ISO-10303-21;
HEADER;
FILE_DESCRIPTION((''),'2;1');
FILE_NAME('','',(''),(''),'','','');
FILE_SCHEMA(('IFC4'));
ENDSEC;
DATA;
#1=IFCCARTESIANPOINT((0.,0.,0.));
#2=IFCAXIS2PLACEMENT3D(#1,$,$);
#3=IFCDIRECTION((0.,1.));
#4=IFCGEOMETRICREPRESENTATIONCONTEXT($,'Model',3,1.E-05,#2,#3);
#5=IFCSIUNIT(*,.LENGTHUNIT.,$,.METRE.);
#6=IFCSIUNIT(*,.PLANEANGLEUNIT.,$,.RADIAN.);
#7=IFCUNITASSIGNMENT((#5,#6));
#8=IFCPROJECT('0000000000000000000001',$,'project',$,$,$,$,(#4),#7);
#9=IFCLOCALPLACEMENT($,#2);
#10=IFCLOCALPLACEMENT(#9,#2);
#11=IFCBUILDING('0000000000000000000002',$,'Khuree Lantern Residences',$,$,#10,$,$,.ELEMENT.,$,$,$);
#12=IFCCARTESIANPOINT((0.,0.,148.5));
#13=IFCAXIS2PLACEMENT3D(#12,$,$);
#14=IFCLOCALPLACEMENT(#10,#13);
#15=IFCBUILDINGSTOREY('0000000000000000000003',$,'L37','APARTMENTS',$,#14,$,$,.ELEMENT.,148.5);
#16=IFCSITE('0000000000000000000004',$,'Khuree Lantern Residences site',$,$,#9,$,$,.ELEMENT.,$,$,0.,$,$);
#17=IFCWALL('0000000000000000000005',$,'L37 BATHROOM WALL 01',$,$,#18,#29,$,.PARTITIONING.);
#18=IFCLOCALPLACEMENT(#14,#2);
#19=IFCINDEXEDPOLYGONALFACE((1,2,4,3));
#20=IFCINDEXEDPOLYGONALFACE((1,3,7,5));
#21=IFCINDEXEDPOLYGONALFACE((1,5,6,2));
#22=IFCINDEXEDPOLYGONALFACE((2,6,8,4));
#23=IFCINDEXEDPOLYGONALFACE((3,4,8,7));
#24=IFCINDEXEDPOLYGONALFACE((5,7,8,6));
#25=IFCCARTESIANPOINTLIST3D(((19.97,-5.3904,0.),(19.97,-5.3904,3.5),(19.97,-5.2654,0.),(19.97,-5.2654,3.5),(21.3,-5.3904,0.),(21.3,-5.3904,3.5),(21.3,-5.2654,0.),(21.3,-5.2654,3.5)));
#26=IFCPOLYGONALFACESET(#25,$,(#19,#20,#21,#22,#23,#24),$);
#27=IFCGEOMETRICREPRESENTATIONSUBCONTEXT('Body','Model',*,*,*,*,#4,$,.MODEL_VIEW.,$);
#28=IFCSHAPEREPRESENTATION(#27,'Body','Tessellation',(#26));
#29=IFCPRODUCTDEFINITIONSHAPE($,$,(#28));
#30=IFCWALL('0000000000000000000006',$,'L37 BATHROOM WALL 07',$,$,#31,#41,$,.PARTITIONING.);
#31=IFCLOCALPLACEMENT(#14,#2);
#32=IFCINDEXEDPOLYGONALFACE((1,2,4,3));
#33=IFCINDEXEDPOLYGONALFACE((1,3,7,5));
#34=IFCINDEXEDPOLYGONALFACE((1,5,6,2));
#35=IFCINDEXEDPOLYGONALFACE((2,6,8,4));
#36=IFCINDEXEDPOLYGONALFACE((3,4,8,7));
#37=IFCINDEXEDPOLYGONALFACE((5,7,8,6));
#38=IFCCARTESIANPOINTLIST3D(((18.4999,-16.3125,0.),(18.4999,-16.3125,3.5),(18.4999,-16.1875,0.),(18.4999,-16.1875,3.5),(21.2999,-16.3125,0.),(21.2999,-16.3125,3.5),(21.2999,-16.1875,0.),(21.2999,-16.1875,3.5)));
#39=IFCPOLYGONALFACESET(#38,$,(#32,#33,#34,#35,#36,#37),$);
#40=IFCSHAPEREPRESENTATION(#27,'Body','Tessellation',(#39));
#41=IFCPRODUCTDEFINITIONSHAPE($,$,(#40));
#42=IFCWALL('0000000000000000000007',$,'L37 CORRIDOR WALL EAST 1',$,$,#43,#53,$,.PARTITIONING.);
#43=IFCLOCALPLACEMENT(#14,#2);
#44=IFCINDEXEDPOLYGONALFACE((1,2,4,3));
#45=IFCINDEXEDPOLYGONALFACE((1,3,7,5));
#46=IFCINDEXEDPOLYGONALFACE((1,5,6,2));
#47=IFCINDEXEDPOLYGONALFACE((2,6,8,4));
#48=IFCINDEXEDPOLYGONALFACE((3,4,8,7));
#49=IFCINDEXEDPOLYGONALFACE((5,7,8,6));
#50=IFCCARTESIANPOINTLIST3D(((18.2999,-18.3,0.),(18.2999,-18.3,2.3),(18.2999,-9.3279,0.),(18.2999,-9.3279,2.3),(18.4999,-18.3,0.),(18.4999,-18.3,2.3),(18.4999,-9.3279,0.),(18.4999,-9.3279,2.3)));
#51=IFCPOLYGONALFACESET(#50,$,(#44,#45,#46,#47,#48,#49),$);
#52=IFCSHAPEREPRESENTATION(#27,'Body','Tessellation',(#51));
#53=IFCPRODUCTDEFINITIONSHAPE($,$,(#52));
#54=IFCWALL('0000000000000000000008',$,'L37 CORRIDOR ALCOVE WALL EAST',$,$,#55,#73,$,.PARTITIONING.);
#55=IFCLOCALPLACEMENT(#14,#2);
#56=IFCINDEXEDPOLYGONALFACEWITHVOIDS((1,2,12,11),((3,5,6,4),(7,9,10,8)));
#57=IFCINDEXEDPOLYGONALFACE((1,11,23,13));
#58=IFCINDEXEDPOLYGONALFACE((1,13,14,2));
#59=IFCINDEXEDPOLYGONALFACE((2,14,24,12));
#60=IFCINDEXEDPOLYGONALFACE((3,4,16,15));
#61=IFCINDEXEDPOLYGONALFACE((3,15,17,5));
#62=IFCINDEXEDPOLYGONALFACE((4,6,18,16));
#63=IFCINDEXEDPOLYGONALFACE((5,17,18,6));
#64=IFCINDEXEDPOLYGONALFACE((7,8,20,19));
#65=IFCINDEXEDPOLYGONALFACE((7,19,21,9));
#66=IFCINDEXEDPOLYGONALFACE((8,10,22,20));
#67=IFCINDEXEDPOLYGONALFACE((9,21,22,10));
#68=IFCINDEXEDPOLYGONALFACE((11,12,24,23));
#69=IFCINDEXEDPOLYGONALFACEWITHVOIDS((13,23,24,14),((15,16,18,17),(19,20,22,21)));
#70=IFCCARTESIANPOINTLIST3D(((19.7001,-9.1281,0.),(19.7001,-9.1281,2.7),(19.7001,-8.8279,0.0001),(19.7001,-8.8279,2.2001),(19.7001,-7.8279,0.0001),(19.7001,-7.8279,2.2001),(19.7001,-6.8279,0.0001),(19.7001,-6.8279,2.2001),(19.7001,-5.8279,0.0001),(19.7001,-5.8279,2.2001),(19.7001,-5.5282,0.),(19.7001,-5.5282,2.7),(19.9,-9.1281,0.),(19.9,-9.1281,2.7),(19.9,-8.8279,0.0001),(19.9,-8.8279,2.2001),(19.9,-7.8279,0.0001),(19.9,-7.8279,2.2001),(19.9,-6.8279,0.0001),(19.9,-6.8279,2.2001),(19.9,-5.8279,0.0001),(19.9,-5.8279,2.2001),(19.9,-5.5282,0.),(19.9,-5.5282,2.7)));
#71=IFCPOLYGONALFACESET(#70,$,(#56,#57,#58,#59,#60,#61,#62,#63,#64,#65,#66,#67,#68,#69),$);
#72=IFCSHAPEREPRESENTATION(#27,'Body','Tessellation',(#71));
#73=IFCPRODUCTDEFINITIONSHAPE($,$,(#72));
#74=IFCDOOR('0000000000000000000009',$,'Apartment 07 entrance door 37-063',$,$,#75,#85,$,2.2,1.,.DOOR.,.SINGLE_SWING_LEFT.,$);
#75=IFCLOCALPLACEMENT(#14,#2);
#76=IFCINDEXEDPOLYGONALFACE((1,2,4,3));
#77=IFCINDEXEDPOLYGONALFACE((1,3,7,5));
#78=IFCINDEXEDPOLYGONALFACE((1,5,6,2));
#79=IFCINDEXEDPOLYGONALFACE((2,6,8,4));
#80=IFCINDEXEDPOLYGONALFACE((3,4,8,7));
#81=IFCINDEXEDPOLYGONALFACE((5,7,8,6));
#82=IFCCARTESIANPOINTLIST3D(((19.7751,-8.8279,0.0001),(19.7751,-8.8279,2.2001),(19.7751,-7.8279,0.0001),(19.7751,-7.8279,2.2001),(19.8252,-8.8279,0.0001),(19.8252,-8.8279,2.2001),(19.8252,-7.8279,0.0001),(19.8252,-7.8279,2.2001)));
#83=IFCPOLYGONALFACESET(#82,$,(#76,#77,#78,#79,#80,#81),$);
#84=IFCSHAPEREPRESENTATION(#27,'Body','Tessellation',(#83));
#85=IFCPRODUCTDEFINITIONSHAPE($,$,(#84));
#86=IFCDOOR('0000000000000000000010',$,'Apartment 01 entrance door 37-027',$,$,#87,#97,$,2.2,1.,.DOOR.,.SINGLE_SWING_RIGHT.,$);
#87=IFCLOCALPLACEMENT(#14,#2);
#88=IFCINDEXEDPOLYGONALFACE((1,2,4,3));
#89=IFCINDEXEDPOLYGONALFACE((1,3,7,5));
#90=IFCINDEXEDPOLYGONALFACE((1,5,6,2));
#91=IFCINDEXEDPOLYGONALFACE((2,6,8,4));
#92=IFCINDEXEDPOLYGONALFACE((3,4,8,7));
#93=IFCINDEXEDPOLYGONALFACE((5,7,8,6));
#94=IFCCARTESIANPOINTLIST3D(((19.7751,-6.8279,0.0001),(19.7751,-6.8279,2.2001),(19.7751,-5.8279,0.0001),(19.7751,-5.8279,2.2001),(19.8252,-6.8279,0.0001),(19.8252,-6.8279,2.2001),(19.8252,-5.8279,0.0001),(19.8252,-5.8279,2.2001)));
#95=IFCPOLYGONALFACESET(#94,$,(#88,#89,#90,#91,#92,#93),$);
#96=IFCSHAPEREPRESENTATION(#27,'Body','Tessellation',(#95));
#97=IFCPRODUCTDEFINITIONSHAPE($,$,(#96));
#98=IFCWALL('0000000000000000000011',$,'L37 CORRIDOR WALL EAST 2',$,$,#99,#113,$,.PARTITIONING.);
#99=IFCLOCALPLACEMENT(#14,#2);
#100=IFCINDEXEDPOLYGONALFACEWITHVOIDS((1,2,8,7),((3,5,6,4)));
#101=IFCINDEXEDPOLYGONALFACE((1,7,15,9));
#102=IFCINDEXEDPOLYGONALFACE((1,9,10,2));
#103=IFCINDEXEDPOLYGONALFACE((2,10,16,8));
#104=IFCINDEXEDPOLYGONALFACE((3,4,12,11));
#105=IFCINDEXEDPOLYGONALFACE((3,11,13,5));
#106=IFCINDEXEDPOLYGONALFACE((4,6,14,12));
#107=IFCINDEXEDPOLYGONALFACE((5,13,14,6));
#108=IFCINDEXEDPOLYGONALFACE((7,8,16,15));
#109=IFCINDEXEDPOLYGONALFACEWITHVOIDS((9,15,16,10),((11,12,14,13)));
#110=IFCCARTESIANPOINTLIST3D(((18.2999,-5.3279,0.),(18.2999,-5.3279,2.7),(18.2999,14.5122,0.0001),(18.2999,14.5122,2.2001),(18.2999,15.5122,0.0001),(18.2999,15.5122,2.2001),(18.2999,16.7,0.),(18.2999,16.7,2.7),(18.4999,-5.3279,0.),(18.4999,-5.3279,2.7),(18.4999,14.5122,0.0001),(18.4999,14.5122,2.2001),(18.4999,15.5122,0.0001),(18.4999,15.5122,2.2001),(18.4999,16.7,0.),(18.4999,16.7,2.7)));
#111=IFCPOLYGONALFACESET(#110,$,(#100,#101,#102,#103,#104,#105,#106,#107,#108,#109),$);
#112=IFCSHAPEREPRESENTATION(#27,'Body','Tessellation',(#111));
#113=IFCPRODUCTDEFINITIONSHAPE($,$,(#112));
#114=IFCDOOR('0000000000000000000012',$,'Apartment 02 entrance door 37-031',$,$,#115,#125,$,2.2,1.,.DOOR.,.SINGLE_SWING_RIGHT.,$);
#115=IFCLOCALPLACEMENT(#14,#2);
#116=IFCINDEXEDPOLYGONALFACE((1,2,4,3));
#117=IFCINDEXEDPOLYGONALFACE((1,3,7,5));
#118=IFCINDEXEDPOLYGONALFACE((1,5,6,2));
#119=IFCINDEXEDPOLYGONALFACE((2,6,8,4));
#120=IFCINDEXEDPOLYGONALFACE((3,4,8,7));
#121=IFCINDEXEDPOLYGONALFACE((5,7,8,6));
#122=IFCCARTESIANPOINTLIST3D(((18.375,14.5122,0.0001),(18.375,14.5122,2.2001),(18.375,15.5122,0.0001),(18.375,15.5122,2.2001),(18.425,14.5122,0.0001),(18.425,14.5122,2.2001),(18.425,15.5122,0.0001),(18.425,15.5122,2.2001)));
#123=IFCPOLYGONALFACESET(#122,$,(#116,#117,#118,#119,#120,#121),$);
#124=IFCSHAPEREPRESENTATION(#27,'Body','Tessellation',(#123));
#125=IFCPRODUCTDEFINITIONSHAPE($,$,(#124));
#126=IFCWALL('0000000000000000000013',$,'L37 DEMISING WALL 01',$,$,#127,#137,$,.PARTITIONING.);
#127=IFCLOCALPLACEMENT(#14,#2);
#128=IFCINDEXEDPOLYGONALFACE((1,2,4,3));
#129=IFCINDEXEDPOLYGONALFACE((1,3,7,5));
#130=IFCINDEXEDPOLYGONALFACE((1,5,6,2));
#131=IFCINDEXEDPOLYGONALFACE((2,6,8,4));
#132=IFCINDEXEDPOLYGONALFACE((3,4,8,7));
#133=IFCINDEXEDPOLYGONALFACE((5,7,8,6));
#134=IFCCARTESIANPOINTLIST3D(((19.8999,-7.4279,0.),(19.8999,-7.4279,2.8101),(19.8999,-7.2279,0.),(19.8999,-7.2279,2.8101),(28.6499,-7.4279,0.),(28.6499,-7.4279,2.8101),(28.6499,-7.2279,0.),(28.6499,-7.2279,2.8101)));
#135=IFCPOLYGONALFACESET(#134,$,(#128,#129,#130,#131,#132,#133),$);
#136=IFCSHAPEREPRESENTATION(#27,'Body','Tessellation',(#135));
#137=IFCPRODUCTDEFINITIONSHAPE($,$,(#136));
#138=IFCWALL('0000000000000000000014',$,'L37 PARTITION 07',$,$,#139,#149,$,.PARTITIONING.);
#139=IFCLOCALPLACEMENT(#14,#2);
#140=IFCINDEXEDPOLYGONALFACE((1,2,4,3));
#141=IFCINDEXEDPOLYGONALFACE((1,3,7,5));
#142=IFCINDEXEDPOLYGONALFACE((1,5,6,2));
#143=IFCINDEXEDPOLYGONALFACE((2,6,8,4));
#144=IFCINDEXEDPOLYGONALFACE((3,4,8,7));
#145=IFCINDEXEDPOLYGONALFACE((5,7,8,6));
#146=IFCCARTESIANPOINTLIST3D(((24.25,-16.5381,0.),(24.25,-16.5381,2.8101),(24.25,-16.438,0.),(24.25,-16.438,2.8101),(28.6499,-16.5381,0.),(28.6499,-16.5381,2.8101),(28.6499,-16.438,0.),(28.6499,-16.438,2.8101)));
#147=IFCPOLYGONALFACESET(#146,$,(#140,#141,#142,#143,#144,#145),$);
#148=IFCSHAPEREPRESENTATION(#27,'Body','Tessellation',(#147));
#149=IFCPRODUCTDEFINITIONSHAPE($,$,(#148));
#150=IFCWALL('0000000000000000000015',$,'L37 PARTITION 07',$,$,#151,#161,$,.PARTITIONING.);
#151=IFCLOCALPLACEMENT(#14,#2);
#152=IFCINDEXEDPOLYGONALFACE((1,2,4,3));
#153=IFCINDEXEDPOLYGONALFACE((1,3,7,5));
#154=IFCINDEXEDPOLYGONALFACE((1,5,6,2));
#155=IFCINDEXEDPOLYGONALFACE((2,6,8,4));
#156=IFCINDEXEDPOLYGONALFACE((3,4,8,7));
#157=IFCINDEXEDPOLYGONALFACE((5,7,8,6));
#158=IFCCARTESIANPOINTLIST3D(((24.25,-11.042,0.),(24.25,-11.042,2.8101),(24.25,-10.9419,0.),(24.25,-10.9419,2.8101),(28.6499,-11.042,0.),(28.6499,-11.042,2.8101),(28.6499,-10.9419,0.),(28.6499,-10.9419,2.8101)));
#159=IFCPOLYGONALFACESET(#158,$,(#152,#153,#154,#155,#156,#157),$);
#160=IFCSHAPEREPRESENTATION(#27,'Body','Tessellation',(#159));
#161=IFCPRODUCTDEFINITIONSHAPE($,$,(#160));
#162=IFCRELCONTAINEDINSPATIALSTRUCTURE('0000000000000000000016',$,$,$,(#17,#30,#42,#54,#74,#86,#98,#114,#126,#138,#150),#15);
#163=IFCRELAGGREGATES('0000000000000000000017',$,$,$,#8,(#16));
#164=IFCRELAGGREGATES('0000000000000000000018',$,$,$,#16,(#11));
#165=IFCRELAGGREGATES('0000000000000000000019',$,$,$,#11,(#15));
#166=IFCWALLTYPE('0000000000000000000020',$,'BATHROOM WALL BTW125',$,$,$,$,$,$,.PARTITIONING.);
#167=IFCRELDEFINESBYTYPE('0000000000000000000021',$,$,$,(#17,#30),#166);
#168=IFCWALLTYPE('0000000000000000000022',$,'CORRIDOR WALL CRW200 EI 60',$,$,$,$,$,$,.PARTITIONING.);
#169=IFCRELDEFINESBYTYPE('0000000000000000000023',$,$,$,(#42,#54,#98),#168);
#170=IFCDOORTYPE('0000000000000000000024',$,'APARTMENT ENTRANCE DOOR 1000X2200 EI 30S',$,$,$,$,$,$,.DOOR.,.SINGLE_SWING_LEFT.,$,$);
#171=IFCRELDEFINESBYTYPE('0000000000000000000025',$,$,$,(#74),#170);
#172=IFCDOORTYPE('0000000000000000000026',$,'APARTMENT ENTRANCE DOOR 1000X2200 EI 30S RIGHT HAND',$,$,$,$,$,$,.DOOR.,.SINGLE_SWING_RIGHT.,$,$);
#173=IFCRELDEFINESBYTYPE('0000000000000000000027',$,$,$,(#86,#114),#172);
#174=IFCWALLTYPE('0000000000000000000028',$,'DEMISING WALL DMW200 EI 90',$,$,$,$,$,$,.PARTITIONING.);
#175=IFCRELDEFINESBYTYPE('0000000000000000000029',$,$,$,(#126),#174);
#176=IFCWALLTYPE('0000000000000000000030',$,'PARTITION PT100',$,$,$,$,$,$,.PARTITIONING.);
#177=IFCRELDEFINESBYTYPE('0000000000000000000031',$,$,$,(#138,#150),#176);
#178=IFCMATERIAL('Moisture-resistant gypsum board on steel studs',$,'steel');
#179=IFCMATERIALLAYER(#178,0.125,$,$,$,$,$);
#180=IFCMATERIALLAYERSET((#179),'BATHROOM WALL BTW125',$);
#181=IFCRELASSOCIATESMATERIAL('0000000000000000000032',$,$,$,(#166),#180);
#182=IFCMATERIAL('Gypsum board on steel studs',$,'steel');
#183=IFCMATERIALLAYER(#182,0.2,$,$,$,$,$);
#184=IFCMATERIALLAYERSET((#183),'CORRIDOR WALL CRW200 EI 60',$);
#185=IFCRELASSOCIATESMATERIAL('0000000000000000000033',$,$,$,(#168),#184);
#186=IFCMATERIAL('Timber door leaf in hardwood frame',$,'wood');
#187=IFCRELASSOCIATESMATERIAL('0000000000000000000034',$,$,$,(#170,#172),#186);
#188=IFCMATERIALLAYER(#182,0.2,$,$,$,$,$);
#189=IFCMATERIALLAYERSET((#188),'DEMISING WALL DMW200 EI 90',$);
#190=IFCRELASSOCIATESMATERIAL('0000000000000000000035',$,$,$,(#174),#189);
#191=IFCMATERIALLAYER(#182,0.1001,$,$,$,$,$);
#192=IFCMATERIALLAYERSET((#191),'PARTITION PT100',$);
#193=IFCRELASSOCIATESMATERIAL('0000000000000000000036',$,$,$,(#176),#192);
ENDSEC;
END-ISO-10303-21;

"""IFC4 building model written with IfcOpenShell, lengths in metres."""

from ifc_helpers import new_model, si_unit, direction, frame, frame_2d, origin, place, context, subcontext, project, spatial, rectangle, extrude, material, layer, layer_set, type_object, element, fill, save


model = new_model("IFC4")

# Units and contexts
model_context = context("Model", 3, precision=1e-05, world=origin(), true_north=direction((0.0, 1.0)))
body_context = subcontext(model_context, "Body", "Model", "MODEL_VIEW")
ifc_project = project(units=[si_unit("LENGTHUNIT", "METRE"), si_unit("PLANEANGLEUNIT", "RADIAN")], contexts=[model_context])

# Site, building, storey
site_placement = place(None, origin())
site = spatial("IfcSite", under=ifc_project, at=site_placement, Name="Khuree Lantern Residences site", CompositionType="ELEMENT", RefElevation=0.0)
building_placement = place(site_placement, origin())
building = spatial("IfcBuilding", under=site, at=building_placement, Name="Khuree Lantern Residences", CompositionType="ELEMENT")
storey_placement = place(building_placement, frame((0.0, 0.0, 148.5)))
storey = spatial("IfcBuildingStorey", under=building, at=storey_placement, Name="L37", Description="APARTMENTS", CompositionType="ELEMENT", Elevation=148.5)

# Shared definitions
ifc_material_1 = material(Name="Moisture-resistant gypsum board on steel studs", Category="steel")
ifc_layer_1 = layer(ifc_material_1, 0.125)
ifc_layer_set_1 = layer_set([ifc_layer_1], Name="BATHROOM WALL BTW125")
wall_type_1 = type_object("IfcWallType", Name="BATHROOM WALL BTW125", PredefinedType="PARTITIONING", material=ifc_layer_set_1)
ifc_material_2 = material(Name="Timber door leaf in hardwood frame", Category="wood")

# Walls
wall_1_placement = place(storey_placement, frame((19.97, -5.3279, 0.0), z_axis=(0.0, 0.0, 1.0), x_axis=(1.0, 0.0, 0.0)))
element("IfcWall", 1, at=wall_1_placement, inside=storey, type_object=wall_type_1, Name="L37 BATHROOM WALL 01", PredefinedType="PARTITIONING", context=body_context, shape_type="SweptSolid", body=[
    extrude(rectangle(XDim=1.3301, YDim=0.125, at=frame_2d((0.665, 0.0))), origin(), (0.0, 0.0, 1.0), 3.5),
])
wall_2_placement = place(storey_placement, frame((18.5, -16.25, 0.0), z_axis=(0.0, 0.0, 1.0), x_axis=(1.0, 0.0, 0.0)))
element("IfcWall", 2, at=wall_2_placement, inside=storey, type_object=wall_type_1, Name="L37 BATHROOM WALL 07", PredefinedType="PARTITIONING", context=body_context, shape_type="SweptSolid", body=[
    extrude(rectangle(XDim=2.8, YDim=0.125, at=frame_2d((1.3999, 0.0))), origin(), (0.0, 0.0, 1.0), 3.5),
])
ifc_material_3 = material(Name="Gypsum board on steel studs", Category="steel")
ifc_layer_2 = layer(ifc_material_3, 0.2)
ifc_layer_set_2 = layer_set([ifc_layer_2], Name="CORRIDOR WALL CRW200 EI 60")
wall_type_2 = type_object("IfcWallType", Name="CORRIDOR WALL CRW200 EI 60", PredefinedType="PARTITIONING", material=ifc_layer_set_2)
wall_3_placement = place(storey_placement, frame((18.3999, -18.3, 0.0), z_axis=(0.0, 0.0, 1.0), x_axis=(0.0, 1.0, 0.0)))
element("IfcWall", 3, at=wall_3_placement, inside=storey, type_object=wall_type_2, Name="L37 CORRIDOR WALL EAST 1", PredefinedType="PARTITIONING", context=body_context, shape_type="SweptSolid", body=[
    extrude(rectangle(XDim=8.9722, YDim=0.2, at=frame_2d((4.4861, 0.0))), origin(), (0.0, 0.0, 1.0), 2.3),
])

# Wall, openings, doors
wall_4_placement = place(storey_placement, frame((19.8, -9.1279, 0.0), z_axis=(0.0, 0.0, 1.0), x_axis=(0.0, 1.0, 0.0)))
wall_4 = element("IfcWall", 4, at=wall_4_placement, inside=storey, type_object=wall_type_2, Name="L37 CORRIDOR ALCOVE WALL EAST", PredefinedType="PARTITIONING", context=body_context, shape_type="SweptSolid", body=[
    extrude(rectangle(XDim=3.5999, YDim=0.2, at=frame_2d((1.7998, 0.0))), origin(), (0.0, 0.0, 1.0), 2.7),
])
opening_1_placement = place(wall_4_placement, frame((2.3, 0.0, 0.0)))
opening_1 = element("IfcOpeningElement", 5, at=opening_1_placement, cuts=wall_4, PredefinedType="OPENING", context=body_context, shape_type="SweptSolid", body=[
    extrude(rectangle(XDim=1.0, YDim=2.2, at=frame_2d((0.5, 1.1001))), frame((0.0, 0.1099, 0.0), z_axis=(0.0, -1.0, 0.0), x_axis=(1.0, 0.0, 0.0)), (0.0, 0.0, 1.0), 0.22),
])
opening_2_placement = place(wall_4_placement, frame((0.3, 0.0, 0.0)))
opening_2 = element("IfcOpeningElement", 6, at=opening_2_placement, cuts=wall_4, PredefinedType="OPENING", context=body_context, shape_type="SweptSolid", body=[
    extrude(rectangle(XDim=1.0, YDim=2.2, at=frame_2d((0.5, 1.1001))), frame((0.0, 0.1099, 0.0), z_axis=(0.0, -1.0, 0.0), x_axis=(1.0, 0.0, 0.0)), (0.0, 0.0, 1.0), 0.22),
])
door_type_1 = type_object("IfcDoorType", Name="APARTMENT ENTRANCE DOOR 1000X2200 EI 30S", OperationType="SINGLE_SWING_LEFT", PredefinedType="DOOR", material=ifc_material_2)
door_1_placement = place(opening_2_placement, origin())
door_1 = element("IfcDoor", 7, at=door_1_placement, inside=storey, type_object=door_type_1, Name="Apartment 07 entrance door 37-063", OperationType="SINGLE_SWING_LEFT", OverallHeight=2.2, OverallWidth=1.0, PredefinedType="DOOR", context=body_context, shape_type="SweptSolid", body=[
    extrude(rectangle(XDim=1.0, YDim=2.2, at=frame_2d((0.5, 1.1001))), frame((0.0, 0.0249, 0.0), z_axis=(0.0, -1.0, 0.0), x_axis=(1.0, 0.0, 0.0)), (0.0, 0.0, 1.0), 0.05),
])
fill(opening_2, door_1)
door_type_2 = type_object("IfcDoorType", Name="APARTMENT ENTRANCE DOOR 1000X2200 EI 30S RIGHT HAND", OperationType="SINGLE_SWING_RIGHT", PredefinedType="DOOR", material=ifc_material_2)
door_2_placement = place(opening_1_placement, origin())
door_2 = element("IfcDoor", 8, at=door_2_placement, inside=storey, type_object=door_type_2, Name="Apartment 01 entrance door 37-027", OperationType="SINGLE_SWING_RIGHT", OverallHeight=2.2, OverallWidth=1.0, PredefinedType="DOOR", context=body_context, shape_type="SweptSolid", body=[
    extrude(rectangle(XDim=1.0, YDim=2.2, at=frame_2d((0.5, 1.1001))), frame((0.0, 0.0249, 0.0), z_axis=(0.0, -1.0, 0.0), x_axis=(1.0, 0.0, 0.0)), (0.0, 0.0, 1.0), 0.05),
])
fill(opening_1, door_2)

# Wall, opening, door
wall_5_placement = place(storey_placement, frame((18.3999, -5.3279, 0.0), z_axis=(0.0, 0.0, 1.0), x_axis=(0.0, 1.0, 0.0)))
wall_5 = element("IfcWall", 9, at=wall_5_placement, inside=storey, type_object=wall_type_2, Name="L37 CORRIDOR WALL EAST 2", PredefinedType="PARTITIONING", context=body_context, shape_type="SweptSolid", body=[
    extrude(rectangle(XDim=22.0278, YDim=0.2, at=frame_2d((11.0139, 0.0))), origin(), (0.0, 0.0, 1.0), 2.7),
])
opening_3_placement = place(wall_5_placement, frame((19.8401, 0.0, 0.0)))
opening_3 = element("IfcOpeningElement", 10, at=opening_3_placement, cuts=wall_5, PredefinedType="OPENING", context=body_context, shape_type="SweptSolid", body=[
    extrude(rectangle(XDim=1.0, YDim=2.2, at=frame_2d((0.5, 1.1001))), frame((0.0, 0.1099, 0.0), z_axis=(0.0, -1.0, 0.0), x_axis=(1.0, 0.0, 0.0)), (0.0, 0.0, 1.0), 0.22),
])
door_3_placement = place(opening_3_placement, origin())
door_3 = element("IfcDoor", 11, at=door_3_placement, inside=storey, type_object=door_type_2, Name="Apartment 02 entrance door 37-031", OperationType="SINGLE_SWING_RIGHT", OverallHeight=2.2, OverallWidth=1.0, PredefinedType="DOOR", context=body_context, shape_type="SweptSolid", body=[
    extrude(rectangle(XDim=1.0, YDim=2.2, at=frame_2d((0.5, 1.1001))), frame((0.0, 0.0249, 0.0), z_axis=(0.0, -1.0, 0.0), x_axis=(1.0, 0.0, 0.0)), (0.0, 0.0, 1.0), 0.05),
])
fill(opening_3, door_3)

# Walls
ifc_layer_3 = layer(ifc_material_3, 0.2)
ifc_layer_set_3 = layer_set([ifc_layer_3], Name="DEMISING WALL DMW200 EI 90")
wall_type_3 = type_object("IfcWallType", Name="DEMISING WALL DMW200 EI 90", PredefinedType="PARTITIONING", material=ifc_layer_set_3)
wall_6_placement = place(storey_placement, frame((19.8999, -7.3279, 0.0), z_axis=(0.0, 0.0, 1.0), x_axis=(1.0, 0.0, 0.0)))
element("IfcWall", 12, at=wall_6_placement, inside=storey, type_object=wall_type_3, Name="L37 DEMISING WALL 01", PredefinedType="PARTITIONING", context=body_context, shape_type="SweptSolid", body=[
    extrude(rectangle(XDim=8.75, YDim=0.2, at=frame_2d((4.375, 0.0))), origin(), (0.0, 0.0, 1.0), 2.8101),
])
ifc_layer_4 = layer(ifc_material_3, 0.1001)
ifc_layer_set_4 = layer_set([ifc_layer_4], Name="PARTITION PT100")
wall_type_4 = type_object("IfcWallType", Name="PARTITION PT100", PredefinedType="PARTITIONING", material=ifc_layer_set_4)
for number, where, z_axis, x_axis, name in (
    (13, (24.25, -16.488, 0.0), (0.0, 0.0, 1.0), (1.0, 0.0, 0.0), "L37 PARTITION 07"),
    (14, (24.25, -10.9919, 0.0), (0.0, 0.0, 1.0), (1.0, 0.0, 0.0), "L37 PARTITION 07"),
):
    element("IfcWall", number, at=place(storey_placement, frame(where, z_axis=z_axis, x_axis=x_axis)), inside=storey, type_object=wall_type_4, Name=name, PredefinedType="PARTITIONING", context=body_context, shape_type="SweptSolid", body=[
        extrude(rectangle(XDim=4.3999, YDim=0.1001, at=frame_2d((2.2, 0.0))), origin(), (0.0, 0.0, 1.0), 2.8101),
    ])

save(model, "model.ifc")
